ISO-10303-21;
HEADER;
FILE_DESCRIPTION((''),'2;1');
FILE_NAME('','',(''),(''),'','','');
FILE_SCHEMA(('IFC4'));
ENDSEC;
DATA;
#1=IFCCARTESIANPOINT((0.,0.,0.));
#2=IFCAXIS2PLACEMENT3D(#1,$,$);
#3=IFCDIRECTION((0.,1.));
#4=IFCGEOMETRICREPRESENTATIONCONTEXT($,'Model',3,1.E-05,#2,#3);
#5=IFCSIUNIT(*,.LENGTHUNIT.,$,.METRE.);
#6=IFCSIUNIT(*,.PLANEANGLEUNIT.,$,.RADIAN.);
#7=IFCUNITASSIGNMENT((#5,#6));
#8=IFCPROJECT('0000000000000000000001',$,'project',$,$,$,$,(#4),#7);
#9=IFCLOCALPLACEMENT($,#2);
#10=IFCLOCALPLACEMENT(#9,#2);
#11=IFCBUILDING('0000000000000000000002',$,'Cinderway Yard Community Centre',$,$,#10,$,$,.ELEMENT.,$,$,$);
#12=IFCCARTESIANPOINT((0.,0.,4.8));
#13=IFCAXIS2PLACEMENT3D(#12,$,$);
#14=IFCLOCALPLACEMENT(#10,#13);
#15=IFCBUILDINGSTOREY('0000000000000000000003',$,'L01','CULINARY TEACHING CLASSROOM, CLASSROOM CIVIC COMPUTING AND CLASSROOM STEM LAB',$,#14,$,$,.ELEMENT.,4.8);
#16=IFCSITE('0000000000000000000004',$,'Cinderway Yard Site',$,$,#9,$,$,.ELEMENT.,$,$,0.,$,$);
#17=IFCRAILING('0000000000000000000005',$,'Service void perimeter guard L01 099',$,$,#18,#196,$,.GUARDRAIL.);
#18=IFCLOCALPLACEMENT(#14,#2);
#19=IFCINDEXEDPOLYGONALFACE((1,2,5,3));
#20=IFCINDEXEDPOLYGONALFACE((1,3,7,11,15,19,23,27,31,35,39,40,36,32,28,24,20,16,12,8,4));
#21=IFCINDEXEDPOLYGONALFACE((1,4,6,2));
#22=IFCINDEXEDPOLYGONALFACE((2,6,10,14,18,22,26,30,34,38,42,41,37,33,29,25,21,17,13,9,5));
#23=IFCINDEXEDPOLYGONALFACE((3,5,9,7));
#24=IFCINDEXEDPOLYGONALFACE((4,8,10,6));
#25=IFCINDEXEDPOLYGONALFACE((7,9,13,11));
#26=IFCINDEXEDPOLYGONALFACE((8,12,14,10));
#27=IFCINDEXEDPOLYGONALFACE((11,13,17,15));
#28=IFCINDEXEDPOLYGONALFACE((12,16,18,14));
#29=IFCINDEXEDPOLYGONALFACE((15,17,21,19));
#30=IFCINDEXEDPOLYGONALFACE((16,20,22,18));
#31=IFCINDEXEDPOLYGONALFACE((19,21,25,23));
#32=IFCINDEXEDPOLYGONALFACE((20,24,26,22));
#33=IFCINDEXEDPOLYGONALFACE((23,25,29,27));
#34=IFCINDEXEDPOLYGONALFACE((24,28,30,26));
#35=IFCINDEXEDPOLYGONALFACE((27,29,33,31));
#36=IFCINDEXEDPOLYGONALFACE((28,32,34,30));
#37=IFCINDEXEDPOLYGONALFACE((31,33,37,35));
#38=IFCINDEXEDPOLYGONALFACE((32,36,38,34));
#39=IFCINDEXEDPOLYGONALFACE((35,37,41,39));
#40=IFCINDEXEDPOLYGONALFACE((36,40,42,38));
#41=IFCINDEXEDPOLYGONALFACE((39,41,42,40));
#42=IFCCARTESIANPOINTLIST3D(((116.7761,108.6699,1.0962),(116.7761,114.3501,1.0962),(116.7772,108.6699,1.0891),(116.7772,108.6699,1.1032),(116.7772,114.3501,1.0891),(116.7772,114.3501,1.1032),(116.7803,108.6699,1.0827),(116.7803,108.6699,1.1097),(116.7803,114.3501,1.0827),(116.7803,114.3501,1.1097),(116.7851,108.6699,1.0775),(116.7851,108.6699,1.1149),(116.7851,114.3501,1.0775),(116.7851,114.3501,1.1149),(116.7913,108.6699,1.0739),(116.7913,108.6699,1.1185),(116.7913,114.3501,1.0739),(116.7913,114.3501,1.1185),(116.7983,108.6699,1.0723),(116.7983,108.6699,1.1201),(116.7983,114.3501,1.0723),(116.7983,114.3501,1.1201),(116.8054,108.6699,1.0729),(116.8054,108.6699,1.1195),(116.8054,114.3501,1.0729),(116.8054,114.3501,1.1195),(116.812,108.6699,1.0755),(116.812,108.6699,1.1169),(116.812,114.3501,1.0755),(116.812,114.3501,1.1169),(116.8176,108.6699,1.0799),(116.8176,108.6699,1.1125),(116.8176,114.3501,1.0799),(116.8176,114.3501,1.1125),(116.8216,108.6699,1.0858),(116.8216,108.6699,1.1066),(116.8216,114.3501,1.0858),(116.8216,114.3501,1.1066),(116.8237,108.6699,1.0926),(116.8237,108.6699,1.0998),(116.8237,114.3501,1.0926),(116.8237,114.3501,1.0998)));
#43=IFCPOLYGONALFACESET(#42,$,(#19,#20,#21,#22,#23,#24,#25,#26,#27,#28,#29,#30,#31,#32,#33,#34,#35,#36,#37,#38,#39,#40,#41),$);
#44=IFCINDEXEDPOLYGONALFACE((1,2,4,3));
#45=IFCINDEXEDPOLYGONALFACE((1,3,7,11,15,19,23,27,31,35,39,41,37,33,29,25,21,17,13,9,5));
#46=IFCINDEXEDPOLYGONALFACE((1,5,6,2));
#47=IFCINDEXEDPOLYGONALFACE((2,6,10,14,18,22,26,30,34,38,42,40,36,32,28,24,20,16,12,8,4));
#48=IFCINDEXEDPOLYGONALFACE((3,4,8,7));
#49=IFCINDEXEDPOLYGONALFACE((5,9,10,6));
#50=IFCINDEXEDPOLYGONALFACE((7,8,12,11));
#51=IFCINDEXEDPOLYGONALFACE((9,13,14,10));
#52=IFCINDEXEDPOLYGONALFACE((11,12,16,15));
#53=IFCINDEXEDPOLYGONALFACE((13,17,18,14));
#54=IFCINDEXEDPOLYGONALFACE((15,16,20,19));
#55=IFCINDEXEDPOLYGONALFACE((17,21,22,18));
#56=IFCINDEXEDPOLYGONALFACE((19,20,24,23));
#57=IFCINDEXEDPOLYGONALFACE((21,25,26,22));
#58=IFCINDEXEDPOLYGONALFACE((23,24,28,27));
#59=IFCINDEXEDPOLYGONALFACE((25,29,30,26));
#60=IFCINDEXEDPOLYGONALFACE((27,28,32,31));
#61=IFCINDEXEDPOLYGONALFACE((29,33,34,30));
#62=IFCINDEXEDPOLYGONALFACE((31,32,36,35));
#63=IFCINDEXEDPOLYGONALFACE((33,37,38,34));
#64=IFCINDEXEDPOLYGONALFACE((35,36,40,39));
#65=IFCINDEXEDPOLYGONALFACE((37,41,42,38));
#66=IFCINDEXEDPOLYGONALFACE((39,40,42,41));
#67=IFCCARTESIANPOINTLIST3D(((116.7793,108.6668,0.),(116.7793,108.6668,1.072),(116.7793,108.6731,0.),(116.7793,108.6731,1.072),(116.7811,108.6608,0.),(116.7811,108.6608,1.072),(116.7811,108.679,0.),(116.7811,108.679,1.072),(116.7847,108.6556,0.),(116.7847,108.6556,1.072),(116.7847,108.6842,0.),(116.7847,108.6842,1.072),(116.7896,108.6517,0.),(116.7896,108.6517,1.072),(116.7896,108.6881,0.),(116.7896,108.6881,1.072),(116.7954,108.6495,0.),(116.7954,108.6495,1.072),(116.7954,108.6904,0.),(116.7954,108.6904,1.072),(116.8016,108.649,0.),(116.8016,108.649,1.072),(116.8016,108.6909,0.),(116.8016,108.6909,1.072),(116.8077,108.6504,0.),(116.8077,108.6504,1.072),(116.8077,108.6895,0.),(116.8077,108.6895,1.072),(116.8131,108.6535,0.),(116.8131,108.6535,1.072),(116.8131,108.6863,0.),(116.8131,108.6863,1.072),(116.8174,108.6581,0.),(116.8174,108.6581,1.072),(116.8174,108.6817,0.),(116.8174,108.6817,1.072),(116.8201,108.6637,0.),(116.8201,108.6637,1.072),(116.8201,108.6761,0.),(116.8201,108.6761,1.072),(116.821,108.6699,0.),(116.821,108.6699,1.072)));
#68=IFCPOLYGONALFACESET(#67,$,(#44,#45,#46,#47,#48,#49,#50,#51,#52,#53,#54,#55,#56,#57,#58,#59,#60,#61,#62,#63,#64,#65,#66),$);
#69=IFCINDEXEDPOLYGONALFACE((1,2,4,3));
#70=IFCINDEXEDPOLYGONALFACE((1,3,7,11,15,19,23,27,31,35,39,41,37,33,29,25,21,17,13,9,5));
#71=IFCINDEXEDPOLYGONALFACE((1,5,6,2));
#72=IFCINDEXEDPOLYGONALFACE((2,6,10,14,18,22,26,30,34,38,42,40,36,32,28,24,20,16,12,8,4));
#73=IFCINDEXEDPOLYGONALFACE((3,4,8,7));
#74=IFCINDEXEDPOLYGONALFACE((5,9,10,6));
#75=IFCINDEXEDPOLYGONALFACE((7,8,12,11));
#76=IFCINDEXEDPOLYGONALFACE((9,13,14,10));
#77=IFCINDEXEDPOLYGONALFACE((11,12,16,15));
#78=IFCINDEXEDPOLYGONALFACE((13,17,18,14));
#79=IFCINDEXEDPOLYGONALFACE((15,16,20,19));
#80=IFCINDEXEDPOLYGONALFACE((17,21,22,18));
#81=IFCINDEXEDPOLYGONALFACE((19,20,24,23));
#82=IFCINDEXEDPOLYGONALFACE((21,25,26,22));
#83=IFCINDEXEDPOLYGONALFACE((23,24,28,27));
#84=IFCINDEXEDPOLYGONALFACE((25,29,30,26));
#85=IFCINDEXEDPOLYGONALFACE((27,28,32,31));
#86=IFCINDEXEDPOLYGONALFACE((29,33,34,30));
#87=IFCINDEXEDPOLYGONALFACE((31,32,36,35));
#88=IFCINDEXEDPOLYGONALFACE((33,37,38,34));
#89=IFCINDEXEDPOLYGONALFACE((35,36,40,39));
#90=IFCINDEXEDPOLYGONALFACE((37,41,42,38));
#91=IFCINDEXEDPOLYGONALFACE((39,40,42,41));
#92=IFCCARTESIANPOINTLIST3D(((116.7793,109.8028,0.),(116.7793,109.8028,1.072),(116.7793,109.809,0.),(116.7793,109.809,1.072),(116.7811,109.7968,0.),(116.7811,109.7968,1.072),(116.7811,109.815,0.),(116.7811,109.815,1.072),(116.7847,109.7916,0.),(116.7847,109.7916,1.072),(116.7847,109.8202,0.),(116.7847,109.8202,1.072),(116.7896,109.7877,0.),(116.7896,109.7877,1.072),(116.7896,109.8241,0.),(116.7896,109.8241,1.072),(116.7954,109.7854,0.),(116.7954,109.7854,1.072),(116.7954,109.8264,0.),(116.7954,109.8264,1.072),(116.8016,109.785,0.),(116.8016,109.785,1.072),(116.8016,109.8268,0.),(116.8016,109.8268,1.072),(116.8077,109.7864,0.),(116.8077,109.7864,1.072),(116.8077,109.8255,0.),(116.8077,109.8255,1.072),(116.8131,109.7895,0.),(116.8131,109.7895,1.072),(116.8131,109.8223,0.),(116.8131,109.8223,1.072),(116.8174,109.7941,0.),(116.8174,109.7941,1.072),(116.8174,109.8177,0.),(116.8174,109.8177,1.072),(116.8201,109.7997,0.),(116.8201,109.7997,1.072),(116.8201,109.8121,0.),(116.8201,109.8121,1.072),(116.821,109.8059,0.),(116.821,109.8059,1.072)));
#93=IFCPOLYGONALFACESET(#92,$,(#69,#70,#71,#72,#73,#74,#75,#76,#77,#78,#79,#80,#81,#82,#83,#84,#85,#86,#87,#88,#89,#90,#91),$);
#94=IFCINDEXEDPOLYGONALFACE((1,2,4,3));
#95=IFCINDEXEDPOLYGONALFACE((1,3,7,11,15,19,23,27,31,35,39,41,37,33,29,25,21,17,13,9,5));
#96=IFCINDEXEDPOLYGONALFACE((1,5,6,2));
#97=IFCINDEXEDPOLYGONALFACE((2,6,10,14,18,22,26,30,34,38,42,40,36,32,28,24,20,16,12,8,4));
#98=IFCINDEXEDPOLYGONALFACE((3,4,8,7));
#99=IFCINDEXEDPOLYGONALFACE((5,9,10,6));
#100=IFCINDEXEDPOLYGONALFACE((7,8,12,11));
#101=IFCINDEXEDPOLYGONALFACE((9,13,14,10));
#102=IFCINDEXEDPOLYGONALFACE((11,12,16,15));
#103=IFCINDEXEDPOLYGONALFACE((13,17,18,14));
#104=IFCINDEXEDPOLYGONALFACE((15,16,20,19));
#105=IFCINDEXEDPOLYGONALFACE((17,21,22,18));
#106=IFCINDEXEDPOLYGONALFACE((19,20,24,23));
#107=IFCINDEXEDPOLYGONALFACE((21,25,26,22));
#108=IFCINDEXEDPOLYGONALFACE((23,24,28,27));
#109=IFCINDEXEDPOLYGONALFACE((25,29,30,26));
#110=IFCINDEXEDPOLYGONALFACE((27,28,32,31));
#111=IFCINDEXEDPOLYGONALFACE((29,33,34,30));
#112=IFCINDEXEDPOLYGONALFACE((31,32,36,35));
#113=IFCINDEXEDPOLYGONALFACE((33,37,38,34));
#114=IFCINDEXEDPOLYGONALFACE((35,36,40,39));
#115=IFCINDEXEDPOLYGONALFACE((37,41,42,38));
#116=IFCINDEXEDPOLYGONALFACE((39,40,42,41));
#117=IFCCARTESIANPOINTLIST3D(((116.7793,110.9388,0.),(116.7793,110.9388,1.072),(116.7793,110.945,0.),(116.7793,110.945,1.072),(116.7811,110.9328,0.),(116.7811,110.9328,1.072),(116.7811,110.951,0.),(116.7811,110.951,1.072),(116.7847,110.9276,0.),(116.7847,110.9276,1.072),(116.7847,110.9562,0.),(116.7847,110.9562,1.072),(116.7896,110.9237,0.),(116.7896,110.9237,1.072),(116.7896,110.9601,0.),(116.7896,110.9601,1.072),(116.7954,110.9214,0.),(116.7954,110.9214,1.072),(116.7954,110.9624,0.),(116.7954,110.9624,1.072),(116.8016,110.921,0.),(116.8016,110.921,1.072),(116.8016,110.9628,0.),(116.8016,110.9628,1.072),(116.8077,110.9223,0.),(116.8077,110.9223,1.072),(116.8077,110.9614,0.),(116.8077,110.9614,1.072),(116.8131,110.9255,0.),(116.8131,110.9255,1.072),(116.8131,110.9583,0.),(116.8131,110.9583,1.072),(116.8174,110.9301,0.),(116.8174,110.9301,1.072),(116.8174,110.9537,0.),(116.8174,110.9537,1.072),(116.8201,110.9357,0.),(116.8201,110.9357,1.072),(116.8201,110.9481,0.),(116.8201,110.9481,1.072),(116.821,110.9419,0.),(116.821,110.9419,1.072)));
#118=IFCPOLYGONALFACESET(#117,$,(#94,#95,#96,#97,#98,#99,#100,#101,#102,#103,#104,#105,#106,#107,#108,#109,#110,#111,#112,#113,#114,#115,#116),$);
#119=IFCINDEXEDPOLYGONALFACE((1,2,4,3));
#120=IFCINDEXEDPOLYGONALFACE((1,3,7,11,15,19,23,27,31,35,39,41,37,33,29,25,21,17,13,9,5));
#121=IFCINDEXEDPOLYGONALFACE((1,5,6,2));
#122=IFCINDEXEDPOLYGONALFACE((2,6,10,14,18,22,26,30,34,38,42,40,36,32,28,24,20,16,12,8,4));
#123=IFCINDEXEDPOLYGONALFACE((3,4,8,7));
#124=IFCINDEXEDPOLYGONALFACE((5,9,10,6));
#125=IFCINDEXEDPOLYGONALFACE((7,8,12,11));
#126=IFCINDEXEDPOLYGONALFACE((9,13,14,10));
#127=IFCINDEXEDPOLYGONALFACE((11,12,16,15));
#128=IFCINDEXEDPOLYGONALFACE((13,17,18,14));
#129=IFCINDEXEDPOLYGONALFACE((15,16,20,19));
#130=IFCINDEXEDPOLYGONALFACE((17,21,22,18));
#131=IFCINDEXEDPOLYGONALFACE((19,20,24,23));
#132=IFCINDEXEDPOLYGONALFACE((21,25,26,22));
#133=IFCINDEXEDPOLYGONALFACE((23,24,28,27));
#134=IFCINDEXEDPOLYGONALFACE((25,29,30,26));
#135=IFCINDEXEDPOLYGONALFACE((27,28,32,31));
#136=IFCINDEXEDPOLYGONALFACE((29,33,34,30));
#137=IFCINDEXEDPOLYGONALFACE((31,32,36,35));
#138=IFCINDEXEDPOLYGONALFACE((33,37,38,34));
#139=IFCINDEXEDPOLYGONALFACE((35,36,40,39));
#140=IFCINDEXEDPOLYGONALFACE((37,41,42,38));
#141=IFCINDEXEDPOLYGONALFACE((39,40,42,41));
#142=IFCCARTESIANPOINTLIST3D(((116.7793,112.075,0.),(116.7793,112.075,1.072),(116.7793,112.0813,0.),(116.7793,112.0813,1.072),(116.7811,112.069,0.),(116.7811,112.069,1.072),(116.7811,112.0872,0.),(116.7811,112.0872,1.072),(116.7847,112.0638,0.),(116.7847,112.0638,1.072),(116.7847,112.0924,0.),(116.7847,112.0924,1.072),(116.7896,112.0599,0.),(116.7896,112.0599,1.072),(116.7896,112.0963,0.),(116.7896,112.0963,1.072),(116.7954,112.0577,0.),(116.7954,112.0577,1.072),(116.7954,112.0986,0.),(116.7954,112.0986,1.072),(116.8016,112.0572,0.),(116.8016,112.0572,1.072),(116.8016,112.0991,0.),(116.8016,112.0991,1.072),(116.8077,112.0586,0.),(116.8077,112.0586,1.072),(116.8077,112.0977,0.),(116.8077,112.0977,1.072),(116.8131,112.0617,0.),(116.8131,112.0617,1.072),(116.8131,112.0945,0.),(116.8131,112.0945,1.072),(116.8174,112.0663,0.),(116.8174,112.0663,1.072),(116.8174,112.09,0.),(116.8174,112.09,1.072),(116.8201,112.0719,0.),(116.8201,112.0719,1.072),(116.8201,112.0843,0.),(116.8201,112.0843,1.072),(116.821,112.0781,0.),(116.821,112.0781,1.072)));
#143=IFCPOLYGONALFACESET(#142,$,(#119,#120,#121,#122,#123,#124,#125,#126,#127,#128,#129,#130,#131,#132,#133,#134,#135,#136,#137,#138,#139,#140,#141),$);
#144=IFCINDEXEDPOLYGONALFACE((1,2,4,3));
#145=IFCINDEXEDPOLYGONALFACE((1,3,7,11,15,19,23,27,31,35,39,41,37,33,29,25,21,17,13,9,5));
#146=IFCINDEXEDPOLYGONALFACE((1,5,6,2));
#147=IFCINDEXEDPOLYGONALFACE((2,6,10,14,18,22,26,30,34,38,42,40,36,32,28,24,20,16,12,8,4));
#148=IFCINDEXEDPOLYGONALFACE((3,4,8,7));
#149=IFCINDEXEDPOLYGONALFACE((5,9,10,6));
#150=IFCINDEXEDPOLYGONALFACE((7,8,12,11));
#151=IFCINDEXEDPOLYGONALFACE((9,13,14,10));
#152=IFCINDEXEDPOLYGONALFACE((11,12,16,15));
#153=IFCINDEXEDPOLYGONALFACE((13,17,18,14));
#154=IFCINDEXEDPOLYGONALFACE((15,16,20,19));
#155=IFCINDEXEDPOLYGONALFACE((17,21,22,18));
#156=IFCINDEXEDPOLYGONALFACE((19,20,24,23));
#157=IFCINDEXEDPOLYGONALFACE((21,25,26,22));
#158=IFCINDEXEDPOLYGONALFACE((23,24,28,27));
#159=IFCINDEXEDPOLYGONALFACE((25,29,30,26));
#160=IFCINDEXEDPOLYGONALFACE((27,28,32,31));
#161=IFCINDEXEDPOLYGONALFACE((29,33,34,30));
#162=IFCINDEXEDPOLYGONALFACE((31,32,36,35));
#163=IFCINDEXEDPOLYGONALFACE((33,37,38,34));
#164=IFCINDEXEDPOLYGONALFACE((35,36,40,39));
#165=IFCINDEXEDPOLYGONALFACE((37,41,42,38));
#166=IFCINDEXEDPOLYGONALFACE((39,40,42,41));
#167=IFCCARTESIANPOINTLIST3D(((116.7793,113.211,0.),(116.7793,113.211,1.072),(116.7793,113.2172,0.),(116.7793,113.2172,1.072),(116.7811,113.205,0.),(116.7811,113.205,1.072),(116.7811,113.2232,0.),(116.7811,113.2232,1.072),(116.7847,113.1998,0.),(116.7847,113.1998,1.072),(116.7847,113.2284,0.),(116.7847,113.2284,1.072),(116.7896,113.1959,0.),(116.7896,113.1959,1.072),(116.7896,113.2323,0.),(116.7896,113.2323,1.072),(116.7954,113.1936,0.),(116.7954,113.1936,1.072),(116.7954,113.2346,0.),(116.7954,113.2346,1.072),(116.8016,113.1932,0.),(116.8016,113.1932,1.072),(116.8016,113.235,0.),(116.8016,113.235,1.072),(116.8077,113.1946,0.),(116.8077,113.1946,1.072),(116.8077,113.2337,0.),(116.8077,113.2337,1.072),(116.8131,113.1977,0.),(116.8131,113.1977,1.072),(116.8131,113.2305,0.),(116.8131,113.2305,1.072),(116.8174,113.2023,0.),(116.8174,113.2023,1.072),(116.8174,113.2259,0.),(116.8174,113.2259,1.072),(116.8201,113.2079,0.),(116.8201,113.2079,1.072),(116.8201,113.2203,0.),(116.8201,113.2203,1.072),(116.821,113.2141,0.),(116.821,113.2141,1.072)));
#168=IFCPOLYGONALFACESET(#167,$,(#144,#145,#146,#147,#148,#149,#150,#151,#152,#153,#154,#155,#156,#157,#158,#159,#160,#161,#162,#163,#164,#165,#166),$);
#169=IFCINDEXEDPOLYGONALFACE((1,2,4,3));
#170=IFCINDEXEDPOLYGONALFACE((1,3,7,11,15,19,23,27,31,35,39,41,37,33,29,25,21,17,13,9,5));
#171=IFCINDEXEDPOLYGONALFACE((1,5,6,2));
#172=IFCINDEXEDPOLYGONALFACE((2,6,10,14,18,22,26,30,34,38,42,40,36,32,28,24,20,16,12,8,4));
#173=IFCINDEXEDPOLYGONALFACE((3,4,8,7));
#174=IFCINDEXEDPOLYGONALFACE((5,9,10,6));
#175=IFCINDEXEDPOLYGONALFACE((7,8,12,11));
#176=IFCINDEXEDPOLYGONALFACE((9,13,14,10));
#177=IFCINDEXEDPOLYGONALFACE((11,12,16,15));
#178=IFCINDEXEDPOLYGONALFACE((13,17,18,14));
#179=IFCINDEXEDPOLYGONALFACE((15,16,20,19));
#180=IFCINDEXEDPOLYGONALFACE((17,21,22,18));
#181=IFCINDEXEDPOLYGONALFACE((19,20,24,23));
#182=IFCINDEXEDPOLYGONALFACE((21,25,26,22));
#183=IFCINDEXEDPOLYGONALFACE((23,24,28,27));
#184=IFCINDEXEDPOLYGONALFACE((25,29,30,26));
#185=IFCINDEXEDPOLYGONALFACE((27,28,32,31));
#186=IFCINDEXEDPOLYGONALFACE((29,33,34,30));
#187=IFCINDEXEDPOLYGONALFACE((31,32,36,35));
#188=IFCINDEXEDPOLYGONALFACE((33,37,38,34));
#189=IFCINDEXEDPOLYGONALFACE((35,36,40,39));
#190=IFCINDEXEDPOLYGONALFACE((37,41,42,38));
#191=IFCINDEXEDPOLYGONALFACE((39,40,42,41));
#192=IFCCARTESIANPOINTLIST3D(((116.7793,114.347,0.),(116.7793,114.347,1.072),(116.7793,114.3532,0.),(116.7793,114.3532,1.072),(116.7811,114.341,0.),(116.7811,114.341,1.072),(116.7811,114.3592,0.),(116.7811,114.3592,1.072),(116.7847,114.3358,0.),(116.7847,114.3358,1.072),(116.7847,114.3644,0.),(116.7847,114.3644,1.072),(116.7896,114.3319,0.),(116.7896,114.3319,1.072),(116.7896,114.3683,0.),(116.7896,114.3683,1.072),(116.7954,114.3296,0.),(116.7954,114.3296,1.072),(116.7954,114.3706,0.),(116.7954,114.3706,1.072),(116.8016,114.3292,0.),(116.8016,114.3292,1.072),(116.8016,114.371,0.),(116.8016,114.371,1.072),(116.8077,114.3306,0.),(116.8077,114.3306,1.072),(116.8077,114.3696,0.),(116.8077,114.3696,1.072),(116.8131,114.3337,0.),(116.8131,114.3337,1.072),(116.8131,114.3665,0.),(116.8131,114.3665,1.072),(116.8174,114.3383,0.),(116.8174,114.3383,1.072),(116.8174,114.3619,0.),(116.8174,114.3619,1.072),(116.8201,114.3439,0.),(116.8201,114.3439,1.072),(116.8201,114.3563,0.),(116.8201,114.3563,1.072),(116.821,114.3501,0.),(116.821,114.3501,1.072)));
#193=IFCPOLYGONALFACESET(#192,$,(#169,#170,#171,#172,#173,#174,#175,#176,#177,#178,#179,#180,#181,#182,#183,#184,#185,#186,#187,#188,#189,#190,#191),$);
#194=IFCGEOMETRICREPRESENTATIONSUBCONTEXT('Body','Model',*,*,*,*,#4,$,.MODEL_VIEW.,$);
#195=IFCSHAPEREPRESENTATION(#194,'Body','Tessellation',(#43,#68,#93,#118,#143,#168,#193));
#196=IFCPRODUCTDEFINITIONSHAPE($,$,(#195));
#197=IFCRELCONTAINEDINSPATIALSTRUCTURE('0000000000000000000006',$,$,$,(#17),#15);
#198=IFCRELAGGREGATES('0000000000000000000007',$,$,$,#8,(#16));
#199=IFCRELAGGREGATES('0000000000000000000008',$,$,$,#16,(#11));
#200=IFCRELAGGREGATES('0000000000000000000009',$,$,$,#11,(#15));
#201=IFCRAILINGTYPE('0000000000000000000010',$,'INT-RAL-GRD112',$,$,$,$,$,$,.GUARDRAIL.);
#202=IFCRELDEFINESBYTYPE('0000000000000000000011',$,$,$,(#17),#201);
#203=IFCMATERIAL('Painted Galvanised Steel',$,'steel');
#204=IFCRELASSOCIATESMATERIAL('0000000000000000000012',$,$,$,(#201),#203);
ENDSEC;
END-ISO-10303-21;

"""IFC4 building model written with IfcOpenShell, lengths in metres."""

from ifc_helpers import new_model, si_unit, direction, frame, origin, origin_2d, place, context, subcontext, project, spatial, circle, extrude, material, type_object, element, save


model = new_model("IFC4")

# Units and contexts
model_context = context("Model", 3, precision=1e-05, world=origin(), true_north=direction((0.0, 1.0)))
body_context = subcontext(model_context, "Body", "Model", "MODEL_VIEW")
ifc_project = project(units=[si_unit("LENGTHUNIT", "METRE"), si_unit("PLANEANGLEUNIT", "RADIAN")], contexts=[model_context])

# Site, building, storey
site_placement = place(None, origin())
site = spatial("IfcSite", under=ifc_project, at=site_placement, Name="Cinderway Yard Site", CompositionType="ELEMENT", RefElevation=0.0)
building_placement = place(site_placement, origin())
building = spatial("IfcBuilding", under=site, at=building_placement, Name="Cinderway Yard Community Centre", CompositionType="ELEMENT")
storey_placement = place(building_placement, frame((0.0, 0.0, 4.8)))
storey = spatial("IfcBuildingStorey", under=building, at=storey_placement, Name="L01", Description="CULINARY TEACHING CLASSROOM, CLASSROOM CIVIC COMPUTING AND CLASSROOM STEM LAB", CompositionType="ELEMENT", Elevation=4.8)

# Railing
ifc_material_1 = material(Name="Painted Galvanised Steel", Category="steel")
railing_type_1 = type_object("IfcRailingType", Name="INT-RAL-GRD112", PredefinedType="GUARDRAIL", material=ifc_material_1)
railing_1_placement = place(storey_placement, frame((116.8, 108.6699, 0.0)))
element("IfcRailing", 1, at=railing_1_placement, inside=storey, type_object=railing_type_1, Name="Service void perimeter guard L01 099", PredefinedType="GUARDRAIL", context=body_context, shape_type="SweptSolid", body=[
    extrude(circle(Radius=0.0239, at=origin_2d()), frame((0.0, 0.0, 1.0962), z_axis=(0.0, 1.0, 0.0), x_axis=(-1.0, 0.0, 0.0)), (0.0, 0.0, 1.0), 5.6802),
    extrude(circle(Radius=0.021, at=origin_2d()), origin(), (0.0, 0.0, 1.0), 1.072),
    extrude(circle(Radius=0.021, at=origin_2d()), frame((0.0, 1.136, 0.0)), (0.0, 0.0, 1.0), 1.072),
    extrude(circle(Radius=0.021, at=origin_2d()), frame((0.0, 2.272, 0.0)), (0.0, 0.0, 1.0), 1.072),
    extrude(circle(Radius=0.021, at=origin_2d()), frame((0.0, 3.4082, 0.0)), (0.0, 0.0, 1.0), 1.072),
    extrude(circle(Radius=0.021, at=origin_2d()), frame((0.0, 4.5442, 0.0)), (0.0, 0.0, 1.0), 1.072),
    extrude(circle(Radius=0.021, at=origin_2d()), frame((0.0, 5.6802, 0.0)), (0.0, 0.0, 1.0), 1.072),
])

save(model, "model.ifc")
